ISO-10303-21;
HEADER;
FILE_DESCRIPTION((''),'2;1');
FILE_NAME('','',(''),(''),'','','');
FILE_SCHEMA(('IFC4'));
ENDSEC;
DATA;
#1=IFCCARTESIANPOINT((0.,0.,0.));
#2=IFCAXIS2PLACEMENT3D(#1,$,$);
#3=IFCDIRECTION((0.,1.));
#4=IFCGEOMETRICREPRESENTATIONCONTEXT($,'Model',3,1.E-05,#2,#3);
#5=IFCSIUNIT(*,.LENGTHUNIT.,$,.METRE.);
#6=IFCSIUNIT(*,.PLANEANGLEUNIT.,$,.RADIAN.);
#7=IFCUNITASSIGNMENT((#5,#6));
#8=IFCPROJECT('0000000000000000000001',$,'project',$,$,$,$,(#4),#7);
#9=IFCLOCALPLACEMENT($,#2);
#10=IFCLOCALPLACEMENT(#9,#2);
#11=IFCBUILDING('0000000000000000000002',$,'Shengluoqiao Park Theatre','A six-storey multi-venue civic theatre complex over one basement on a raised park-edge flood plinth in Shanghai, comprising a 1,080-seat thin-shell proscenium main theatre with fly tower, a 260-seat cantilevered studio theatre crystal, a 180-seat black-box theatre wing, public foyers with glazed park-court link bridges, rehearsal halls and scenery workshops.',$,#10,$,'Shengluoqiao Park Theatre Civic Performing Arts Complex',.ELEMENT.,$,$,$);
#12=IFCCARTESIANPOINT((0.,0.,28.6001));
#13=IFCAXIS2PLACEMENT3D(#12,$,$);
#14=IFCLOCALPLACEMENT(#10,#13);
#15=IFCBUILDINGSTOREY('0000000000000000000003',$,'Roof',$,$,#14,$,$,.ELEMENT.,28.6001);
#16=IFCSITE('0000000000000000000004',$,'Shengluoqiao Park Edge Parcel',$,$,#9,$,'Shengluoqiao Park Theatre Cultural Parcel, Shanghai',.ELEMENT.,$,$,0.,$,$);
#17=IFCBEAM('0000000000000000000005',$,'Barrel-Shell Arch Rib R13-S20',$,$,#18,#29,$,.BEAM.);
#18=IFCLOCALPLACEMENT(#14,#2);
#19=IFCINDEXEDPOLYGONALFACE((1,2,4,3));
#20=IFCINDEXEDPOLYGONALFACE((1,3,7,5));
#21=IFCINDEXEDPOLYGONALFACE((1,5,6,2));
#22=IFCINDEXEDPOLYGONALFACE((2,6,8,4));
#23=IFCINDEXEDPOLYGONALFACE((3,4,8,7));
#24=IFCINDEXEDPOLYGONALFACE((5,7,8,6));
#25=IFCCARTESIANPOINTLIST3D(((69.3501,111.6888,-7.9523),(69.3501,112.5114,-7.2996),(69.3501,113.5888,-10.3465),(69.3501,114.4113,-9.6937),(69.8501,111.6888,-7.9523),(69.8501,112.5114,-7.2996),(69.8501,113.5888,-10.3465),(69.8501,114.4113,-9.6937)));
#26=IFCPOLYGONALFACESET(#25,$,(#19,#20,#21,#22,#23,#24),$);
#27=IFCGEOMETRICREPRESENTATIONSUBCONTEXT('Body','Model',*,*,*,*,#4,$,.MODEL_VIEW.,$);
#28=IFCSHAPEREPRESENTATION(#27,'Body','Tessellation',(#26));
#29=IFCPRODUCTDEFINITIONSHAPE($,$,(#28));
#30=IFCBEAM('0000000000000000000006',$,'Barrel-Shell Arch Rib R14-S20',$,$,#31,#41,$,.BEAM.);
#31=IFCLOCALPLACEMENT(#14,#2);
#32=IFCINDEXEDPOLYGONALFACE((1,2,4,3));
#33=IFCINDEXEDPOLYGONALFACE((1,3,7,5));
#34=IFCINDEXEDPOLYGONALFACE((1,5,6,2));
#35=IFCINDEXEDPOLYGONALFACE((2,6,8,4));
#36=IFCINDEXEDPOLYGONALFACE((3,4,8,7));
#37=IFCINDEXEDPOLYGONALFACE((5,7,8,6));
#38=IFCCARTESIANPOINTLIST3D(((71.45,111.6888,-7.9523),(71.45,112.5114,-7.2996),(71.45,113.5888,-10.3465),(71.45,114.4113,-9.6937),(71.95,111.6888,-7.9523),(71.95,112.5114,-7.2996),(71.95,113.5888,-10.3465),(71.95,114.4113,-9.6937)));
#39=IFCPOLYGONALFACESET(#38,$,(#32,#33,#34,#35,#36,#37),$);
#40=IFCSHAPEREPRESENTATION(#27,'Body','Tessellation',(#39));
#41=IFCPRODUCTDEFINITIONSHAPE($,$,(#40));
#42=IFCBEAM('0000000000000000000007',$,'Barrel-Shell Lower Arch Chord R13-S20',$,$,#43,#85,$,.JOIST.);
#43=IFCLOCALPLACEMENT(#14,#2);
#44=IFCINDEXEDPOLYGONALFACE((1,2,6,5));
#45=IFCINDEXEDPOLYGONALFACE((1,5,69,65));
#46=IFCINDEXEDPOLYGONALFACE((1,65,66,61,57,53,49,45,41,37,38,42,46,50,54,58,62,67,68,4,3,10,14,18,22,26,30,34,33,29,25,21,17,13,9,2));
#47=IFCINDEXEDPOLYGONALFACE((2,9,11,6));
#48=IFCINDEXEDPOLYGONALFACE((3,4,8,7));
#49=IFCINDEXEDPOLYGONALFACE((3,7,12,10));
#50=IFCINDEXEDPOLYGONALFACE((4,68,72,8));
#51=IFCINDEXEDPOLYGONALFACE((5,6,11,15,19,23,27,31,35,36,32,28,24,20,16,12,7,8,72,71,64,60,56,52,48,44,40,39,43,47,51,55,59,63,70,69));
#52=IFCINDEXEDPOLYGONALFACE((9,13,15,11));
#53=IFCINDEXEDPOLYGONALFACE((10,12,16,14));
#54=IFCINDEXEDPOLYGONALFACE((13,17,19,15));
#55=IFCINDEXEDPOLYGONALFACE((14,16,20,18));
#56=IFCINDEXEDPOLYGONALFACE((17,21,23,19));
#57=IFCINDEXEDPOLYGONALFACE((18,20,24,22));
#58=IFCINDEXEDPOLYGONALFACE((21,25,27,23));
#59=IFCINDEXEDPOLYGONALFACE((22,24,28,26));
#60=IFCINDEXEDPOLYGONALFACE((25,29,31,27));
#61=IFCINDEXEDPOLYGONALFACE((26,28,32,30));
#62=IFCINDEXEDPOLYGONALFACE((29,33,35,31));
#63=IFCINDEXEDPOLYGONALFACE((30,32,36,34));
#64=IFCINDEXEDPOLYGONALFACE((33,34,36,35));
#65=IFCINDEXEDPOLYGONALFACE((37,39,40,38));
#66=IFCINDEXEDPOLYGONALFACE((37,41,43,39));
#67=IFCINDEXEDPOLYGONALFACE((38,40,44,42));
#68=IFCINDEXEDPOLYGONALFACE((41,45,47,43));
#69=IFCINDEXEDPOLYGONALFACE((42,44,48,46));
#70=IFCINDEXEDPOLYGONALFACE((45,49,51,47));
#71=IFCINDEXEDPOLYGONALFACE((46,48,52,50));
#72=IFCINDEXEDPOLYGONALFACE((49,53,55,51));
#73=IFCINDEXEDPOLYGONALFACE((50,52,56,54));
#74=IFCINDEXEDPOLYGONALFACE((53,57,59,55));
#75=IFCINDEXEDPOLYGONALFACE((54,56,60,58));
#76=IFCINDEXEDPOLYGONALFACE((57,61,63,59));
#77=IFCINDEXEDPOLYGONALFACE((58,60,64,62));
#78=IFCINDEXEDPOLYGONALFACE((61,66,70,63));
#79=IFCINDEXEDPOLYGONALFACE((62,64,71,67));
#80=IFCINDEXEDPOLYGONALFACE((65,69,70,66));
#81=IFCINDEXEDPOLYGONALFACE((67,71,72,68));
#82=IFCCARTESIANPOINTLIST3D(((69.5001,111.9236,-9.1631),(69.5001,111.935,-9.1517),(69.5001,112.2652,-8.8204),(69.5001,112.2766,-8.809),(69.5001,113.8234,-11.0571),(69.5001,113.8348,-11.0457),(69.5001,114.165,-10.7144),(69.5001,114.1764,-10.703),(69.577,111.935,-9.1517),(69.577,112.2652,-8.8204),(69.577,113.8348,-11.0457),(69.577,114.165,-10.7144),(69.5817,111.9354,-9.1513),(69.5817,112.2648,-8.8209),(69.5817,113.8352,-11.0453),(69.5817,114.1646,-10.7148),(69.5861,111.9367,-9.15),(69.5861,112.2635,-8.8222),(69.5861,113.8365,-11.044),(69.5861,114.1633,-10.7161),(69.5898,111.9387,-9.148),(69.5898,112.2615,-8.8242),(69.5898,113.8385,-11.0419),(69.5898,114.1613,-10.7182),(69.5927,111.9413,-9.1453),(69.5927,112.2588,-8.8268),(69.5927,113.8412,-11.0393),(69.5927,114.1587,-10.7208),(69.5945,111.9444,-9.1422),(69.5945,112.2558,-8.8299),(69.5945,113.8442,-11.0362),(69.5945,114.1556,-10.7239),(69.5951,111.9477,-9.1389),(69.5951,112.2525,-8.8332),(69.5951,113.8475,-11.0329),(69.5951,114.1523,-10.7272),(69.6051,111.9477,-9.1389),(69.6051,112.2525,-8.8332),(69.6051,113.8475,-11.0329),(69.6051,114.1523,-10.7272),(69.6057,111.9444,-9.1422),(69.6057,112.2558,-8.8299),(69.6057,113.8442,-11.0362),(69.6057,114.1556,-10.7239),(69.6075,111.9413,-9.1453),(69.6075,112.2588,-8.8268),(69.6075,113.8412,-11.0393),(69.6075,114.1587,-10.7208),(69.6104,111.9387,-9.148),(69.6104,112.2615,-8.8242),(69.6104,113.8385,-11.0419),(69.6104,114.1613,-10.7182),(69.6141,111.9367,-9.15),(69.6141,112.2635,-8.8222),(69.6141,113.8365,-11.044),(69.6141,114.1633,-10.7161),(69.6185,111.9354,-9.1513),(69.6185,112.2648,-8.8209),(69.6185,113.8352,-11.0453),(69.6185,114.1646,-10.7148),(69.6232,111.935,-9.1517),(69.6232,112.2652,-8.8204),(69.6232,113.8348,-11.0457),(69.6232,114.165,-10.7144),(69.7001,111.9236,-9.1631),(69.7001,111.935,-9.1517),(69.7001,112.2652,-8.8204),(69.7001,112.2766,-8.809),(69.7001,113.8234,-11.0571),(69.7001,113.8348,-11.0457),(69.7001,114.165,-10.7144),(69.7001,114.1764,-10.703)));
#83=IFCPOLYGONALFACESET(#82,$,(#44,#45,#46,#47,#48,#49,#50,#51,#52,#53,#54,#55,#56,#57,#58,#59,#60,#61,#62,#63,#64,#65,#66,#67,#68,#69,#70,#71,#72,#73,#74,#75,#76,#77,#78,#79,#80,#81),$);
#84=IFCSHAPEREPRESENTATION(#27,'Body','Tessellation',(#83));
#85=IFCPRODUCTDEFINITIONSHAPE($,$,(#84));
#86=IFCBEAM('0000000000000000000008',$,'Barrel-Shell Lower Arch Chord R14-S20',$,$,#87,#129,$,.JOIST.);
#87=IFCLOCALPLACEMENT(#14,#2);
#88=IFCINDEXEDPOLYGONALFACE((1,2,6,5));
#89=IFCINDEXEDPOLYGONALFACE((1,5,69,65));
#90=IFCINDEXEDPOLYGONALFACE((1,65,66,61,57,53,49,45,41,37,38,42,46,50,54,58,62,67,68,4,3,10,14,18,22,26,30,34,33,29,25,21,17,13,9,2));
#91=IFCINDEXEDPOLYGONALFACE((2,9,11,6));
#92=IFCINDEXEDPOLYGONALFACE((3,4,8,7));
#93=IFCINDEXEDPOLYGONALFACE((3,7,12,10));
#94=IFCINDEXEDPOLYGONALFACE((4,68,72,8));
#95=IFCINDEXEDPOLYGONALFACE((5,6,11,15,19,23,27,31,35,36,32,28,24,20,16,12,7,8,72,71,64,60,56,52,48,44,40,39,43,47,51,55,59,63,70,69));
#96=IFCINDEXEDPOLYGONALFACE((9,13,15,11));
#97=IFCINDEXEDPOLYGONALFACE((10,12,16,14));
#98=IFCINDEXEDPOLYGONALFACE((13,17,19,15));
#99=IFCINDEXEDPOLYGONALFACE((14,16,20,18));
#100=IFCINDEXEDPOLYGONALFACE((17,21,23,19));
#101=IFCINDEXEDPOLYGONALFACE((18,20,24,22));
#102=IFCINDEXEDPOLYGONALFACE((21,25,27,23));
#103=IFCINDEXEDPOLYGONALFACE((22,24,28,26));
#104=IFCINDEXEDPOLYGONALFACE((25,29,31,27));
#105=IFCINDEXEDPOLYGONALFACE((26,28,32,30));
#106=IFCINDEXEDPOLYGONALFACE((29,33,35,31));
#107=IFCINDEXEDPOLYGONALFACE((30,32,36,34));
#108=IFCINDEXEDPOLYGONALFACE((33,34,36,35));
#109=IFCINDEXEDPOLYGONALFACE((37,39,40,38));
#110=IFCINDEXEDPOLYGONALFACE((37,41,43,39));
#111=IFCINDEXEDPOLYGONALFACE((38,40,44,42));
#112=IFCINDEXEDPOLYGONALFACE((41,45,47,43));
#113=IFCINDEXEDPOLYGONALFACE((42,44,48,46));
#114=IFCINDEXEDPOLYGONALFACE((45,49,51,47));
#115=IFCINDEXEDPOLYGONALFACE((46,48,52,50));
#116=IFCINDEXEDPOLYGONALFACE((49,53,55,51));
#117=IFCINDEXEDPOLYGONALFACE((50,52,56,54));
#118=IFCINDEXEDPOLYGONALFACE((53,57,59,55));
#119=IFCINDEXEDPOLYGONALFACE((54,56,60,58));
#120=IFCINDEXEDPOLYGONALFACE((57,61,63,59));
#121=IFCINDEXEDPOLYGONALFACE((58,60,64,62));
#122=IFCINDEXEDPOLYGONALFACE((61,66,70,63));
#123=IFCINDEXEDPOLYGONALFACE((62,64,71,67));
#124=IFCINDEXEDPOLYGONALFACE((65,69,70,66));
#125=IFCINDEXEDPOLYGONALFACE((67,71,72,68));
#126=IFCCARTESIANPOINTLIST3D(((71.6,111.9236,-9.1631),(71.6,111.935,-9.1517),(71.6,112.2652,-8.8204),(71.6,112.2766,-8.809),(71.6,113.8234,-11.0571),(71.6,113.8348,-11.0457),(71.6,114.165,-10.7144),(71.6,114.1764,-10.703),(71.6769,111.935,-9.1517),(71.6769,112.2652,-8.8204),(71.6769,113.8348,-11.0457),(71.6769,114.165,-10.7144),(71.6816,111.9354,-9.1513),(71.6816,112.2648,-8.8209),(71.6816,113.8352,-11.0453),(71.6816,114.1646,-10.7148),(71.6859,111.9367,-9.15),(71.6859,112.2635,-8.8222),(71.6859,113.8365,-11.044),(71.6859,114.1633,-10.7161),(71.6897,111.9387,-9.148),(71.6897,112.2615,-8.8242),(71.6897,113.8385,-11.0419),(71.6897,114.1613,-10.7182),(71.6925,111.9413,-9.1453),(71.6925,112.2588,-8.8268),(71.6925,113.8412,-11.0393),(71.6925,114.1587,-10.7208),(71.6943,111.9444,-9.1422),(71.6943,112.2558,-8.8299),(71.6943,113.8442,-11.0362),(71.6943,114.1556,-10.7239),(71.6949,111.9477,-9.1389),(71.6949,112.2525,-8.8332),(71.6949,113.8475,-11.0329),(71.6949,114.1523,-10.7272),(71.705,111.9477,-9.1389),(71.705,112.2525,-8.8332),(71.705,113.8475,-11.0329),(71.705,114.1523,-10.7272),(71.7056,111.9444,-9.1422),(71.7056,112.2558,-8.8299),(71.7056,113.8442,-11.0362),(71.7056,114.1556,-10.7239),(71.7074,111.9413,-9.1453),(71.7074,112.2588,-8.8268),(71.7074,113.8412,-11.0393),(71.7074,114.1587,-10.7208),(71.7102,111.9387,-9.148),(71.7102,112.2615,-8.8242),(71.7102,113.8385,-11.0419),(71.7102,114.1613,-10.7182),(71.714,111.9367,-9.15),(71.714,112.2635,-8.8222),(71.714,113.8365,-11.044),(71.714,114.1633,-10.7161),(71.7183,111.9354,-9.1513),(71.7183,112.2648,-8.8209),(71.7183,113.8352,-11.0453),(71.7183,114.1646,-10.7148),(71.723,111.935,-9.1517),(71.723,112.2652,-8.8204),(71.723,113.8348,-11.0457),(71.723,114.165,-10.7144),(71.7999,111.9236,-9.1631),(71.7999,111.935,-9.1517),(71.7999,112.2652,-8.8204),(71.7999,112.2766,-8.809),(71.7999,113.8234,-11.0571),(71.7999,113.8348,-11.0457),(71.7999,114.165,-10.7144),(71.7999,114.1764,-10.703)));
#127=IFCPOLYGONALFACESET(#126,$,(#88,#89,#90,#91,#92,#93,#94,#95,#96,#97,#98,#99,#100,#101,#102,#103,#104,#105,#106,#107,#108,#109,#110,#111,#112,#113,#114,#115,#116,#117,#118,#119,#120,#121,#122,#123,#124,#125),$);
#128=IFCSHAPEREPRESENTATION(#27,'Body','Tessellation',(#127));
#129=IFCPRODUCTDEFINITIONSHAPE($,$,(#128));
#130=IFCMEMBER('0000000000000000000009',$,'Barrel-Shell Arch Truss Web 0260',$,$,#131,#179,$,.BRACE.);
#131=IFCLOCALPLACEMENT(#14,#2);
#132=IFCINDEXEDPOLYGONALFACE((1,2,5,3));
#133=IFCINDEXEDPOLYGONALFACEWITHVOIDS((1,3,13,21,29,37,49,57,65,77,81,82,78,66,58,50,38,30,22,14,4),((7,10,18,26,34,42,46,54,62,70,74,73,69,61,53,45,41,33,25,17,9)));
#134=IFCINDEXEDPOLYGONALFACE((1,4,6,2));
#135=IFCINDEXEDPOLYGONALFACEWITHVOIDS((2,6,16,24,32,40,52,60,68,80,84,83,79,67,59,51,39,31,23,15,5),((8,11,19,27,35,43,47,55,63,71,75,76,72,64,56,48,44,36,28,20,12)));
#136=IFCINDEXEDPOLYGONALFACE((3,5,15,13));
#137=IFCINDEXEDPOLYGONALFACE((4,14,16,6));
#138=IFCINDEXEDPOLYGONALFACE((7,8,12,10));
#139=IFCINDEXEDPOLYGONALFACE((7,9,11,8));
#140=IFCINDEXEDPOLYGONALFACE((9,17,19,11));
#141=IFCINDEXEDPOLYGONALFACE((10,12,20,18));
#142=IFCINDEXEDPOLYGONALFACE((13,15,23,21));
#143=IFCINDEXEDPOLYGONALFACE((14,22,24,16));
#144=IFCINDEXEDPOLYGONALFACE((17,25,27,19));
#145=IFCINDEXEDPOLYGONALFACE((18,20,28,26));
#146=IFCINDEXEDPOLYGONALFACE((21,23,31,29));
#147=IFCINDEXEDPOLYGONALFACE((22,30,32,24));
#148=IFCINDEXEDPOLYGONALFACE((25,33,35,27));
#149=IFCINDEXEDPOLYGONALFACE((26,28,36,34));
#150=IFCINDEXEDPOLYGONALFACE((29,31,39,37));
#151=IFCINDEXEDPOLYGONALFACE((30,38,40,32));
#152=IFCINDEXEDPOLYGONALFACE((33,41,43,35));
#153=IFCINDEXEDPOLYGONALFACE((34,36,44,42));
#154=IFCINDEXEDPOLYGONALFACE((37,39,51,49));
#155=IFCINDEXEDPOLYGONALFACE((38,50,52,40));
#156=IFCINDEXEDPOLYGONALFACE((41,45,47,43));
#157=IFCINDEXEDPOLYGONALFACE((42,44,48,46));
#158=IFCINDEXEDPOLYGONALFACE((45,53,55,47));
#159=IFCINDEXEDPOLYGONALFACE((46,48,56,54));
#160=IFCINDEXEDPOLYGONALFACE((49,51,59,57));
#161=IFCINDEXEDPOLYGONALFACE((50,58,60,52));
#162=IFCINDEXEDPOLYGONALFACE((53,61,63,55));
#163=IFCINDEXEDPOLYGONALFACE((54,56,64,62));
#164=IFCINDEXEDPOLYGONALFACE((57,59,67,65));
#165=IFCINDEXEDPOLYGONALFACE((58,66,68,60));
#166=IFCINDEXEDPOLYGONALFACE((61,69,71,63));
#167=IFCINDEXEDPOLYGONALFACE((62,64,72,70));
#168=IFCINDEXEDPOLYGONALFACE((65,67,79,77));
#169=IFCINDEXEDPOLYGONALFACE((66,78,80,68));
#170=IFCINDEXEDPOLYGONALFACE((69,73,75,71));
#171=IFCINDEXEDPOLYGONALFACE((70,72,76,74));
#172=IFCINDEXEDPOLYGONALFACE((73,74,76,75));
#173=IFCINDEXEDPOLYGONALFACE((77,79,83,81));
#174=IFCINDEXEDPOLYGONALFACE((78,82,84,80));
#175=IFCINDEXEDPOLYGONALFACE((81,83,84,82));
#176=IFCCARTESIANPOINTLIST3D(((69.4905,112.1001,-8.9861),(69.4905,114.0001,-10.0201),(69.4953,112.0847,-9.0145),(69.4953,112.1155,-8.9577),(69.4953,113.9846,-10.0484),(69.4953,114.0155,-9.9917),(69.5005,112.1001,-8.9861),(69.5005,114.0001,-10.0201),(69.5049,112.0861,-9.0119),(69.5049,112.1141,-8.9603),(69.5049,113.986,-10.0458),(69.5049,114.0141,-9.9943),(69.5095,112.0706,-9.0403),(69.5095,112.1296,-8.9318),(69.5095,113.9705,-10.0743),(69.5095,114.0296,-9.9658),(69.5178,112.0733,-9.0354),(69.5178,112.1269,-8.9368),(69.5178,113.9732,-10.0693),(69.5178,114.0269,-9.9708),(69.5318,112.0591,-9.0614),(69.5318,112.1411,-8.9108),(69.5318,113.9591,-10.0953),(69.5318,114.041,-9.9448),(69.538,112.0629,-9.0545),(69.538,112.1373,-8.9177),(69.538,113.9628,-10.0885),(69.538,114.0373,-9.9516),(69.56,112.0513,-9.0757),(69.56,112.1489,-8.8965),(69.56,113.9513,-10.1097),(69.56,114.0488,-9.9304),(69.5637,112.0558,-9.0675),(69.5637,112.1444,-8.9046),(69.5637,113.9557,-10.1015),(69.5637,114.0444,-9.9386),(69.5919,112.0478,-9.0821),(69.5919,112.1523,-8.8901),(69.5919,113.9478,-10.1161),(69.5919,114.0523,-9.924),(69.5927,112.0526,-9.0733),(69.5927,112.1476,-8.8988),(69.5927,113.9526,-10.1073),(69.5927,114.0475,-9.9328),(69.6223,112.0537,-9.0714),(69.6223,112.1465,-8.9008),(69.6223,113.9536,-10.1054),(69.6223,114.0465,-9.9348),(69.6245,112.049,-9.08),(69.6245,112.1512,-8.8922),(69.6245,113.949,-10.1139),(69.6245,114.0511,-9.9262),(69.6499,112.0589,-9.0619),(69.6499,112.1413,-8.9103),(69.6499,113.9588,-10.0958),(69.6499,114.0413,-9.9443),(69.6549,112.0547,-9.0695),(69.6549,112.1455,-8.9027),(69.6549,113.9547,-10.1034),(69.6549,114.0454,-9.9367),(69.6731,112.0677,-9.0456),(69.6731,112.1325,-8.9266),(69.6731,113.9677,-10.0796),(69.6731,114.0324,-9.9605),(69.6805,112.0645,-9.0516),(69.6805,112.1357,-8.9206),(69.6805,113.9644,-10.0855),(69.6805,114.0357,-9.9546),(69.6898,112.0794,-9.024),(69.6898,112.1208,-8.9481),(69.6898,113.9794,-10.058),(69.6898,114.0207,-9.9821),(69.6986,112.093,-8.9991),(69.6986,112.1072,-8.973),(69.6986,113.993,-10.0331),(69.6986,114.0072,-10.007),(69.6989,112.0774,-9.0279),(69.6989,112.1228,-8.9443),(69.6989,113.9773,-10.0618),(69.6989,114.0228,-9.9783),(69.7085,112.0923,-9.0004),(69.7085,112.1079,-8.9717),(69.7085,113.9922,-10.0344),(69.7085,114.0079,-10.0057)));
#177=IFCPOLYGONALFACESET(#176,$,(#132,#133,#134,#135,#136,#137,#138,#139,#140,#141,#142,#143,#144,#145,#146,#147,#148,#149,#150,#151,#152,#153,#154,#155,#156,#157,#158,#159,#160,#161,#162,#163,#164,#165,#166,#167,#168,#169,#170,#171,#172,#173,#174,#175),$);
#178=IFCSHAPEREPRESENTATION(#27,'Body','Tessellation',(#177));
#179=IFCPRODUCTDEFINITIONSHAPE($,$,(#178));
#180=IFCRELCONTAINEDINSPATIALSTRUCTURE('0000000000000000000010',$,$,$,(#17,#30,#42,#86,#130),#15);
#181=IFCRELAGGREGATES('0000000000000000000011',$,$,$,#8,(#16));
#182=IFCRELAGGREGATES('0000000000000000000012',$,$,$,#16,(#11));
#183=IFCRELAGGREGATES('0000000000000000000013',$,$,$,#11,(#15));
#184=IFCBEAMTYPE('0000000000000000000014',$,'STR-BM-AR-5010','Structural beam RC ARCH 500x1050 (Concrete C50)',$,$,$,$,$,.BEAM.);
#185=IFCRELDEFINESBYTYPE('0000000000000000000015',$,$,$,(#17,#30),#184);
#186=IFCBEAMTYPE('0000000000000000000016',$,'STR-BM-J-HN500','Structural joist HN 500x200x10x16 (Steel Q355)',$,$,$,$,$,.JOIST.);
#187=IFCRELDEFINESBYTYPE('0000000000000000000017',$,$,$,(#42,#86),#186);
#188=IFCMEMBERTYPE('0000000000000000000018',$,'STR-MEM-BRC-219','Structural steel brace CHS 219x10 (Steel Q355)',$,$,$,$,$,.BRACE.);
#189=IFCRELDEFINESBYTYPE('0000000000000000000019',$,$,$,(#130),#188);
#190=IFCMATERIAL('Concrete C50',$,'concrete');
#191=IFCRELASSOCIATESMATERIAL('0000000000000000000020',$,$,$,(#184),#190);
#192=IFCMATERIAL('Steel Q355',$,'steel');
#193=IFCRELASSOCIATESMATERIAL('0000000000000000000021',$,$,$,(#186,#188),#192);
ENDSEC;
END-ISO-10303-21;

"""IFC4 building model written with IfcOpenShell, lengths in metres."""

from ifc_helpers import new_model, si_unit, direction, frame, origin, origin_2d, place, context, subcontext, project, spatial, rectangle, hollow_circle, i_section, extrude, material, material_profile, profile_set, type_object, element, save


model = new_model("IFC4")

# Units and contexts
model_context = context("Model", 3, precision=1e-05, world=origin(), true_north=direction((0.0, 1.0)))
body_context = subcontext(model_context, "Body", "Model", "MODEL_VIEW")
ifc_project = project(units=[si_unit("LENGTHUNIT", "METRE"), si_unit("PLANEANGLEUNIT", "RADIAN")], contexts=[model_context])

# Site, building, storey
site_placement = place(None, origin())
site = spatial("IfcSite", under=ifc_project, at=site_placement, Name="Shengluoqiao Park Edge Parcel", LongName="Shengluoqiao Park Theatre Cultural Parcel, Shanghai", CompositionType="ELEMENT", RefElevation=0.0)
building_placement = place(site_placement, origin())
building = spatial("IfcBuilding", under=site, at=building_placement, Name="Shengluoqiao Park Theatre", Description="A six-storey multi-venue civic theatre complex over one basement on a raised park-edge flood plinth in Shanghai, comprising a 1,080-seat thin-shell proscenium main theatre with fly tower, a 260-seat cantilevered studio theatre crystal, a 180-seat black-box theatre wing, public foyers with glazed park-court link bridges, rehearsal halls and scenery workshops.", LongName="Shengluoqiao Park Theatre Civic Performing Arts Complex", CompositionType="ELEMENT")
storey_placement = place(building_placement, frame((0.0, 0.0, 28.6001)))
storey = spatial("IfcBuildingStorey", under=building, at=storey_placement, Name="Roof", CompositionType="ELEMENT", Elevation=28.6001)

# Beams
ifc_material_1 = material(Name="Concrete C50", Category="concrete")
ifc_material_profile_1 = material_profile(ifc_material_1, rectangle(XDim=0.5, YDim=1.05, at=origin_2d()), Name="RC ARCH 500x1050")
ifc_profile_set_1 = profile_set([ifc_material_profile_1], Name="Concrete C50")
beam_type_1 = type_object("IfcBeamType", Name="STR-BM-AR-5010", Description="Structural beam RC ARCH 500x1050 (Concrete C50)", PredefinedType="BEAM", material=ifc_profile_set_1)
for number, where, z_axis, x_axis, name in (
    (1, (69.6001, 112.1001, -7.626), (0.0, 0.621631, -0.78331), (-1.0, 0.0, 0.0), "Barrel-Shell Arch Rib R13-S20"),
    (2, (71.7, 112.1001, -7.626), (0.0, 0.621631, -0.78331), (-1.0, 0.0, 0.0), "Barrel-Shell Arch Rib R14-S20"),
):
    element("IfcBeam", number, at=place(storey_placement, frame(where, z_axis=z_axis, x_axis=x_axis)), inside=storey, type_object=beam_type_1, Name=name, PredefinedType="BEAM", context=body_context, shape_type="SweptSolid", body=[
        extrude(rectangle(XDim=0.5, YDim=1.05, at=origin_2d()), origin(), (0.0, 0.0, 1.0), 3.0564),
    ])
ifc_material_2 = material(Name="Steel Q355", Category="steel")
ifc_material_profile_2 = material_profile(ifc_material_2, i_section(OverallWidth=0.2, OverallDepth=0.5, WebThickness=0.01, FlangeThickness=0.0161, FilletRadius=0.0181, at=origin_2d()), Name="HN 500x200x10x16")
ifc_profile_set_2 = profile_set([ifc_material_profile_2], Name="Steel Q355")
beam_type_2 = type_object("IfcBeamType", Name="STR-BM-J-HN500", Description="Structural joist HN 500x200x10x16 (Steel Q355)", PredefinedType="JOIST", material=ifc_profile_set_2)
for number, where, z_axis, x_axis, name in (
    (3, (69.6001, 112.1001, -8.9861), (0.0, 0.708198, -0.706014), (-1.0, 0.0, 0.0), "Barrel-Shell Lower Arch Chord R13-S20"),
    (4, (71.7, 112.1001, -8.9861), (0.0, 0.708198, -0.706014), (-1.0, 0.0, 0.0), "Barrel-Shell Lower Arch Chord R14-S20"),
):
    element("IfcBeam", number, at=place(storey_placement, frame(where, z_axis=z_axis, x_axis=x_axis)), inside=storey, type_object=beam_type_2, Name=name, PredefinedType="JOIST", context=body_context, shape_type="SweptSolid", body=[
        extrude(i_section(OverallWidth=0.2, OverallDepth=0.5, WebThickness=0.01, FlangeThickness=0.0161, FilletRadius=0.0181, at=origin_2d()), origin(), (0.0, 0.0, 1.0), 2.6826),
    ])

# Member
ifc_material_profile_3 = material_profile(ifc_material_2, hollow_circle(Radius=0.1096, WallThickness=0.01, at=origin_2d()), Name="CHS 219x10")
ifc_profile_set_3 = profile_set([ifc_material_profile_3], Name="Steel Q355")
member_type_1 = type_object("IfcMemberType", Name="STR-MEM-BRC-219", Description="Structural steel brace CHS 219x10 (Steel Q355)", PredefinedType="BRACE", material=ifc_profile_set_3)
for number, where, z_axis, x_axis, name in (
    (5, (69.6001, 112.1001, -8.9861), (0.0, 0.878357, -0.478006), (-1.0, 0.0, 0.0), "Barrel-Shell Arch Truss Web 0260"),
):
    element("IfcMember", number, at=place(storey_placement, frame(where, z_axis=z_axis, x_axis=x_axis)), inside=storey, type_object=member_type_1, Name=name, PredefinedType="BRACE", context=body_context, shape_type="SweptSolid", body=[
        extrude(hollow_circle(Radius=0.1096, WallThickness=0.01, at=origin_2d()), origin(), (0.0, 0.0, 1.0), 2.1631),
    ])

save(model, "model.ifc")
